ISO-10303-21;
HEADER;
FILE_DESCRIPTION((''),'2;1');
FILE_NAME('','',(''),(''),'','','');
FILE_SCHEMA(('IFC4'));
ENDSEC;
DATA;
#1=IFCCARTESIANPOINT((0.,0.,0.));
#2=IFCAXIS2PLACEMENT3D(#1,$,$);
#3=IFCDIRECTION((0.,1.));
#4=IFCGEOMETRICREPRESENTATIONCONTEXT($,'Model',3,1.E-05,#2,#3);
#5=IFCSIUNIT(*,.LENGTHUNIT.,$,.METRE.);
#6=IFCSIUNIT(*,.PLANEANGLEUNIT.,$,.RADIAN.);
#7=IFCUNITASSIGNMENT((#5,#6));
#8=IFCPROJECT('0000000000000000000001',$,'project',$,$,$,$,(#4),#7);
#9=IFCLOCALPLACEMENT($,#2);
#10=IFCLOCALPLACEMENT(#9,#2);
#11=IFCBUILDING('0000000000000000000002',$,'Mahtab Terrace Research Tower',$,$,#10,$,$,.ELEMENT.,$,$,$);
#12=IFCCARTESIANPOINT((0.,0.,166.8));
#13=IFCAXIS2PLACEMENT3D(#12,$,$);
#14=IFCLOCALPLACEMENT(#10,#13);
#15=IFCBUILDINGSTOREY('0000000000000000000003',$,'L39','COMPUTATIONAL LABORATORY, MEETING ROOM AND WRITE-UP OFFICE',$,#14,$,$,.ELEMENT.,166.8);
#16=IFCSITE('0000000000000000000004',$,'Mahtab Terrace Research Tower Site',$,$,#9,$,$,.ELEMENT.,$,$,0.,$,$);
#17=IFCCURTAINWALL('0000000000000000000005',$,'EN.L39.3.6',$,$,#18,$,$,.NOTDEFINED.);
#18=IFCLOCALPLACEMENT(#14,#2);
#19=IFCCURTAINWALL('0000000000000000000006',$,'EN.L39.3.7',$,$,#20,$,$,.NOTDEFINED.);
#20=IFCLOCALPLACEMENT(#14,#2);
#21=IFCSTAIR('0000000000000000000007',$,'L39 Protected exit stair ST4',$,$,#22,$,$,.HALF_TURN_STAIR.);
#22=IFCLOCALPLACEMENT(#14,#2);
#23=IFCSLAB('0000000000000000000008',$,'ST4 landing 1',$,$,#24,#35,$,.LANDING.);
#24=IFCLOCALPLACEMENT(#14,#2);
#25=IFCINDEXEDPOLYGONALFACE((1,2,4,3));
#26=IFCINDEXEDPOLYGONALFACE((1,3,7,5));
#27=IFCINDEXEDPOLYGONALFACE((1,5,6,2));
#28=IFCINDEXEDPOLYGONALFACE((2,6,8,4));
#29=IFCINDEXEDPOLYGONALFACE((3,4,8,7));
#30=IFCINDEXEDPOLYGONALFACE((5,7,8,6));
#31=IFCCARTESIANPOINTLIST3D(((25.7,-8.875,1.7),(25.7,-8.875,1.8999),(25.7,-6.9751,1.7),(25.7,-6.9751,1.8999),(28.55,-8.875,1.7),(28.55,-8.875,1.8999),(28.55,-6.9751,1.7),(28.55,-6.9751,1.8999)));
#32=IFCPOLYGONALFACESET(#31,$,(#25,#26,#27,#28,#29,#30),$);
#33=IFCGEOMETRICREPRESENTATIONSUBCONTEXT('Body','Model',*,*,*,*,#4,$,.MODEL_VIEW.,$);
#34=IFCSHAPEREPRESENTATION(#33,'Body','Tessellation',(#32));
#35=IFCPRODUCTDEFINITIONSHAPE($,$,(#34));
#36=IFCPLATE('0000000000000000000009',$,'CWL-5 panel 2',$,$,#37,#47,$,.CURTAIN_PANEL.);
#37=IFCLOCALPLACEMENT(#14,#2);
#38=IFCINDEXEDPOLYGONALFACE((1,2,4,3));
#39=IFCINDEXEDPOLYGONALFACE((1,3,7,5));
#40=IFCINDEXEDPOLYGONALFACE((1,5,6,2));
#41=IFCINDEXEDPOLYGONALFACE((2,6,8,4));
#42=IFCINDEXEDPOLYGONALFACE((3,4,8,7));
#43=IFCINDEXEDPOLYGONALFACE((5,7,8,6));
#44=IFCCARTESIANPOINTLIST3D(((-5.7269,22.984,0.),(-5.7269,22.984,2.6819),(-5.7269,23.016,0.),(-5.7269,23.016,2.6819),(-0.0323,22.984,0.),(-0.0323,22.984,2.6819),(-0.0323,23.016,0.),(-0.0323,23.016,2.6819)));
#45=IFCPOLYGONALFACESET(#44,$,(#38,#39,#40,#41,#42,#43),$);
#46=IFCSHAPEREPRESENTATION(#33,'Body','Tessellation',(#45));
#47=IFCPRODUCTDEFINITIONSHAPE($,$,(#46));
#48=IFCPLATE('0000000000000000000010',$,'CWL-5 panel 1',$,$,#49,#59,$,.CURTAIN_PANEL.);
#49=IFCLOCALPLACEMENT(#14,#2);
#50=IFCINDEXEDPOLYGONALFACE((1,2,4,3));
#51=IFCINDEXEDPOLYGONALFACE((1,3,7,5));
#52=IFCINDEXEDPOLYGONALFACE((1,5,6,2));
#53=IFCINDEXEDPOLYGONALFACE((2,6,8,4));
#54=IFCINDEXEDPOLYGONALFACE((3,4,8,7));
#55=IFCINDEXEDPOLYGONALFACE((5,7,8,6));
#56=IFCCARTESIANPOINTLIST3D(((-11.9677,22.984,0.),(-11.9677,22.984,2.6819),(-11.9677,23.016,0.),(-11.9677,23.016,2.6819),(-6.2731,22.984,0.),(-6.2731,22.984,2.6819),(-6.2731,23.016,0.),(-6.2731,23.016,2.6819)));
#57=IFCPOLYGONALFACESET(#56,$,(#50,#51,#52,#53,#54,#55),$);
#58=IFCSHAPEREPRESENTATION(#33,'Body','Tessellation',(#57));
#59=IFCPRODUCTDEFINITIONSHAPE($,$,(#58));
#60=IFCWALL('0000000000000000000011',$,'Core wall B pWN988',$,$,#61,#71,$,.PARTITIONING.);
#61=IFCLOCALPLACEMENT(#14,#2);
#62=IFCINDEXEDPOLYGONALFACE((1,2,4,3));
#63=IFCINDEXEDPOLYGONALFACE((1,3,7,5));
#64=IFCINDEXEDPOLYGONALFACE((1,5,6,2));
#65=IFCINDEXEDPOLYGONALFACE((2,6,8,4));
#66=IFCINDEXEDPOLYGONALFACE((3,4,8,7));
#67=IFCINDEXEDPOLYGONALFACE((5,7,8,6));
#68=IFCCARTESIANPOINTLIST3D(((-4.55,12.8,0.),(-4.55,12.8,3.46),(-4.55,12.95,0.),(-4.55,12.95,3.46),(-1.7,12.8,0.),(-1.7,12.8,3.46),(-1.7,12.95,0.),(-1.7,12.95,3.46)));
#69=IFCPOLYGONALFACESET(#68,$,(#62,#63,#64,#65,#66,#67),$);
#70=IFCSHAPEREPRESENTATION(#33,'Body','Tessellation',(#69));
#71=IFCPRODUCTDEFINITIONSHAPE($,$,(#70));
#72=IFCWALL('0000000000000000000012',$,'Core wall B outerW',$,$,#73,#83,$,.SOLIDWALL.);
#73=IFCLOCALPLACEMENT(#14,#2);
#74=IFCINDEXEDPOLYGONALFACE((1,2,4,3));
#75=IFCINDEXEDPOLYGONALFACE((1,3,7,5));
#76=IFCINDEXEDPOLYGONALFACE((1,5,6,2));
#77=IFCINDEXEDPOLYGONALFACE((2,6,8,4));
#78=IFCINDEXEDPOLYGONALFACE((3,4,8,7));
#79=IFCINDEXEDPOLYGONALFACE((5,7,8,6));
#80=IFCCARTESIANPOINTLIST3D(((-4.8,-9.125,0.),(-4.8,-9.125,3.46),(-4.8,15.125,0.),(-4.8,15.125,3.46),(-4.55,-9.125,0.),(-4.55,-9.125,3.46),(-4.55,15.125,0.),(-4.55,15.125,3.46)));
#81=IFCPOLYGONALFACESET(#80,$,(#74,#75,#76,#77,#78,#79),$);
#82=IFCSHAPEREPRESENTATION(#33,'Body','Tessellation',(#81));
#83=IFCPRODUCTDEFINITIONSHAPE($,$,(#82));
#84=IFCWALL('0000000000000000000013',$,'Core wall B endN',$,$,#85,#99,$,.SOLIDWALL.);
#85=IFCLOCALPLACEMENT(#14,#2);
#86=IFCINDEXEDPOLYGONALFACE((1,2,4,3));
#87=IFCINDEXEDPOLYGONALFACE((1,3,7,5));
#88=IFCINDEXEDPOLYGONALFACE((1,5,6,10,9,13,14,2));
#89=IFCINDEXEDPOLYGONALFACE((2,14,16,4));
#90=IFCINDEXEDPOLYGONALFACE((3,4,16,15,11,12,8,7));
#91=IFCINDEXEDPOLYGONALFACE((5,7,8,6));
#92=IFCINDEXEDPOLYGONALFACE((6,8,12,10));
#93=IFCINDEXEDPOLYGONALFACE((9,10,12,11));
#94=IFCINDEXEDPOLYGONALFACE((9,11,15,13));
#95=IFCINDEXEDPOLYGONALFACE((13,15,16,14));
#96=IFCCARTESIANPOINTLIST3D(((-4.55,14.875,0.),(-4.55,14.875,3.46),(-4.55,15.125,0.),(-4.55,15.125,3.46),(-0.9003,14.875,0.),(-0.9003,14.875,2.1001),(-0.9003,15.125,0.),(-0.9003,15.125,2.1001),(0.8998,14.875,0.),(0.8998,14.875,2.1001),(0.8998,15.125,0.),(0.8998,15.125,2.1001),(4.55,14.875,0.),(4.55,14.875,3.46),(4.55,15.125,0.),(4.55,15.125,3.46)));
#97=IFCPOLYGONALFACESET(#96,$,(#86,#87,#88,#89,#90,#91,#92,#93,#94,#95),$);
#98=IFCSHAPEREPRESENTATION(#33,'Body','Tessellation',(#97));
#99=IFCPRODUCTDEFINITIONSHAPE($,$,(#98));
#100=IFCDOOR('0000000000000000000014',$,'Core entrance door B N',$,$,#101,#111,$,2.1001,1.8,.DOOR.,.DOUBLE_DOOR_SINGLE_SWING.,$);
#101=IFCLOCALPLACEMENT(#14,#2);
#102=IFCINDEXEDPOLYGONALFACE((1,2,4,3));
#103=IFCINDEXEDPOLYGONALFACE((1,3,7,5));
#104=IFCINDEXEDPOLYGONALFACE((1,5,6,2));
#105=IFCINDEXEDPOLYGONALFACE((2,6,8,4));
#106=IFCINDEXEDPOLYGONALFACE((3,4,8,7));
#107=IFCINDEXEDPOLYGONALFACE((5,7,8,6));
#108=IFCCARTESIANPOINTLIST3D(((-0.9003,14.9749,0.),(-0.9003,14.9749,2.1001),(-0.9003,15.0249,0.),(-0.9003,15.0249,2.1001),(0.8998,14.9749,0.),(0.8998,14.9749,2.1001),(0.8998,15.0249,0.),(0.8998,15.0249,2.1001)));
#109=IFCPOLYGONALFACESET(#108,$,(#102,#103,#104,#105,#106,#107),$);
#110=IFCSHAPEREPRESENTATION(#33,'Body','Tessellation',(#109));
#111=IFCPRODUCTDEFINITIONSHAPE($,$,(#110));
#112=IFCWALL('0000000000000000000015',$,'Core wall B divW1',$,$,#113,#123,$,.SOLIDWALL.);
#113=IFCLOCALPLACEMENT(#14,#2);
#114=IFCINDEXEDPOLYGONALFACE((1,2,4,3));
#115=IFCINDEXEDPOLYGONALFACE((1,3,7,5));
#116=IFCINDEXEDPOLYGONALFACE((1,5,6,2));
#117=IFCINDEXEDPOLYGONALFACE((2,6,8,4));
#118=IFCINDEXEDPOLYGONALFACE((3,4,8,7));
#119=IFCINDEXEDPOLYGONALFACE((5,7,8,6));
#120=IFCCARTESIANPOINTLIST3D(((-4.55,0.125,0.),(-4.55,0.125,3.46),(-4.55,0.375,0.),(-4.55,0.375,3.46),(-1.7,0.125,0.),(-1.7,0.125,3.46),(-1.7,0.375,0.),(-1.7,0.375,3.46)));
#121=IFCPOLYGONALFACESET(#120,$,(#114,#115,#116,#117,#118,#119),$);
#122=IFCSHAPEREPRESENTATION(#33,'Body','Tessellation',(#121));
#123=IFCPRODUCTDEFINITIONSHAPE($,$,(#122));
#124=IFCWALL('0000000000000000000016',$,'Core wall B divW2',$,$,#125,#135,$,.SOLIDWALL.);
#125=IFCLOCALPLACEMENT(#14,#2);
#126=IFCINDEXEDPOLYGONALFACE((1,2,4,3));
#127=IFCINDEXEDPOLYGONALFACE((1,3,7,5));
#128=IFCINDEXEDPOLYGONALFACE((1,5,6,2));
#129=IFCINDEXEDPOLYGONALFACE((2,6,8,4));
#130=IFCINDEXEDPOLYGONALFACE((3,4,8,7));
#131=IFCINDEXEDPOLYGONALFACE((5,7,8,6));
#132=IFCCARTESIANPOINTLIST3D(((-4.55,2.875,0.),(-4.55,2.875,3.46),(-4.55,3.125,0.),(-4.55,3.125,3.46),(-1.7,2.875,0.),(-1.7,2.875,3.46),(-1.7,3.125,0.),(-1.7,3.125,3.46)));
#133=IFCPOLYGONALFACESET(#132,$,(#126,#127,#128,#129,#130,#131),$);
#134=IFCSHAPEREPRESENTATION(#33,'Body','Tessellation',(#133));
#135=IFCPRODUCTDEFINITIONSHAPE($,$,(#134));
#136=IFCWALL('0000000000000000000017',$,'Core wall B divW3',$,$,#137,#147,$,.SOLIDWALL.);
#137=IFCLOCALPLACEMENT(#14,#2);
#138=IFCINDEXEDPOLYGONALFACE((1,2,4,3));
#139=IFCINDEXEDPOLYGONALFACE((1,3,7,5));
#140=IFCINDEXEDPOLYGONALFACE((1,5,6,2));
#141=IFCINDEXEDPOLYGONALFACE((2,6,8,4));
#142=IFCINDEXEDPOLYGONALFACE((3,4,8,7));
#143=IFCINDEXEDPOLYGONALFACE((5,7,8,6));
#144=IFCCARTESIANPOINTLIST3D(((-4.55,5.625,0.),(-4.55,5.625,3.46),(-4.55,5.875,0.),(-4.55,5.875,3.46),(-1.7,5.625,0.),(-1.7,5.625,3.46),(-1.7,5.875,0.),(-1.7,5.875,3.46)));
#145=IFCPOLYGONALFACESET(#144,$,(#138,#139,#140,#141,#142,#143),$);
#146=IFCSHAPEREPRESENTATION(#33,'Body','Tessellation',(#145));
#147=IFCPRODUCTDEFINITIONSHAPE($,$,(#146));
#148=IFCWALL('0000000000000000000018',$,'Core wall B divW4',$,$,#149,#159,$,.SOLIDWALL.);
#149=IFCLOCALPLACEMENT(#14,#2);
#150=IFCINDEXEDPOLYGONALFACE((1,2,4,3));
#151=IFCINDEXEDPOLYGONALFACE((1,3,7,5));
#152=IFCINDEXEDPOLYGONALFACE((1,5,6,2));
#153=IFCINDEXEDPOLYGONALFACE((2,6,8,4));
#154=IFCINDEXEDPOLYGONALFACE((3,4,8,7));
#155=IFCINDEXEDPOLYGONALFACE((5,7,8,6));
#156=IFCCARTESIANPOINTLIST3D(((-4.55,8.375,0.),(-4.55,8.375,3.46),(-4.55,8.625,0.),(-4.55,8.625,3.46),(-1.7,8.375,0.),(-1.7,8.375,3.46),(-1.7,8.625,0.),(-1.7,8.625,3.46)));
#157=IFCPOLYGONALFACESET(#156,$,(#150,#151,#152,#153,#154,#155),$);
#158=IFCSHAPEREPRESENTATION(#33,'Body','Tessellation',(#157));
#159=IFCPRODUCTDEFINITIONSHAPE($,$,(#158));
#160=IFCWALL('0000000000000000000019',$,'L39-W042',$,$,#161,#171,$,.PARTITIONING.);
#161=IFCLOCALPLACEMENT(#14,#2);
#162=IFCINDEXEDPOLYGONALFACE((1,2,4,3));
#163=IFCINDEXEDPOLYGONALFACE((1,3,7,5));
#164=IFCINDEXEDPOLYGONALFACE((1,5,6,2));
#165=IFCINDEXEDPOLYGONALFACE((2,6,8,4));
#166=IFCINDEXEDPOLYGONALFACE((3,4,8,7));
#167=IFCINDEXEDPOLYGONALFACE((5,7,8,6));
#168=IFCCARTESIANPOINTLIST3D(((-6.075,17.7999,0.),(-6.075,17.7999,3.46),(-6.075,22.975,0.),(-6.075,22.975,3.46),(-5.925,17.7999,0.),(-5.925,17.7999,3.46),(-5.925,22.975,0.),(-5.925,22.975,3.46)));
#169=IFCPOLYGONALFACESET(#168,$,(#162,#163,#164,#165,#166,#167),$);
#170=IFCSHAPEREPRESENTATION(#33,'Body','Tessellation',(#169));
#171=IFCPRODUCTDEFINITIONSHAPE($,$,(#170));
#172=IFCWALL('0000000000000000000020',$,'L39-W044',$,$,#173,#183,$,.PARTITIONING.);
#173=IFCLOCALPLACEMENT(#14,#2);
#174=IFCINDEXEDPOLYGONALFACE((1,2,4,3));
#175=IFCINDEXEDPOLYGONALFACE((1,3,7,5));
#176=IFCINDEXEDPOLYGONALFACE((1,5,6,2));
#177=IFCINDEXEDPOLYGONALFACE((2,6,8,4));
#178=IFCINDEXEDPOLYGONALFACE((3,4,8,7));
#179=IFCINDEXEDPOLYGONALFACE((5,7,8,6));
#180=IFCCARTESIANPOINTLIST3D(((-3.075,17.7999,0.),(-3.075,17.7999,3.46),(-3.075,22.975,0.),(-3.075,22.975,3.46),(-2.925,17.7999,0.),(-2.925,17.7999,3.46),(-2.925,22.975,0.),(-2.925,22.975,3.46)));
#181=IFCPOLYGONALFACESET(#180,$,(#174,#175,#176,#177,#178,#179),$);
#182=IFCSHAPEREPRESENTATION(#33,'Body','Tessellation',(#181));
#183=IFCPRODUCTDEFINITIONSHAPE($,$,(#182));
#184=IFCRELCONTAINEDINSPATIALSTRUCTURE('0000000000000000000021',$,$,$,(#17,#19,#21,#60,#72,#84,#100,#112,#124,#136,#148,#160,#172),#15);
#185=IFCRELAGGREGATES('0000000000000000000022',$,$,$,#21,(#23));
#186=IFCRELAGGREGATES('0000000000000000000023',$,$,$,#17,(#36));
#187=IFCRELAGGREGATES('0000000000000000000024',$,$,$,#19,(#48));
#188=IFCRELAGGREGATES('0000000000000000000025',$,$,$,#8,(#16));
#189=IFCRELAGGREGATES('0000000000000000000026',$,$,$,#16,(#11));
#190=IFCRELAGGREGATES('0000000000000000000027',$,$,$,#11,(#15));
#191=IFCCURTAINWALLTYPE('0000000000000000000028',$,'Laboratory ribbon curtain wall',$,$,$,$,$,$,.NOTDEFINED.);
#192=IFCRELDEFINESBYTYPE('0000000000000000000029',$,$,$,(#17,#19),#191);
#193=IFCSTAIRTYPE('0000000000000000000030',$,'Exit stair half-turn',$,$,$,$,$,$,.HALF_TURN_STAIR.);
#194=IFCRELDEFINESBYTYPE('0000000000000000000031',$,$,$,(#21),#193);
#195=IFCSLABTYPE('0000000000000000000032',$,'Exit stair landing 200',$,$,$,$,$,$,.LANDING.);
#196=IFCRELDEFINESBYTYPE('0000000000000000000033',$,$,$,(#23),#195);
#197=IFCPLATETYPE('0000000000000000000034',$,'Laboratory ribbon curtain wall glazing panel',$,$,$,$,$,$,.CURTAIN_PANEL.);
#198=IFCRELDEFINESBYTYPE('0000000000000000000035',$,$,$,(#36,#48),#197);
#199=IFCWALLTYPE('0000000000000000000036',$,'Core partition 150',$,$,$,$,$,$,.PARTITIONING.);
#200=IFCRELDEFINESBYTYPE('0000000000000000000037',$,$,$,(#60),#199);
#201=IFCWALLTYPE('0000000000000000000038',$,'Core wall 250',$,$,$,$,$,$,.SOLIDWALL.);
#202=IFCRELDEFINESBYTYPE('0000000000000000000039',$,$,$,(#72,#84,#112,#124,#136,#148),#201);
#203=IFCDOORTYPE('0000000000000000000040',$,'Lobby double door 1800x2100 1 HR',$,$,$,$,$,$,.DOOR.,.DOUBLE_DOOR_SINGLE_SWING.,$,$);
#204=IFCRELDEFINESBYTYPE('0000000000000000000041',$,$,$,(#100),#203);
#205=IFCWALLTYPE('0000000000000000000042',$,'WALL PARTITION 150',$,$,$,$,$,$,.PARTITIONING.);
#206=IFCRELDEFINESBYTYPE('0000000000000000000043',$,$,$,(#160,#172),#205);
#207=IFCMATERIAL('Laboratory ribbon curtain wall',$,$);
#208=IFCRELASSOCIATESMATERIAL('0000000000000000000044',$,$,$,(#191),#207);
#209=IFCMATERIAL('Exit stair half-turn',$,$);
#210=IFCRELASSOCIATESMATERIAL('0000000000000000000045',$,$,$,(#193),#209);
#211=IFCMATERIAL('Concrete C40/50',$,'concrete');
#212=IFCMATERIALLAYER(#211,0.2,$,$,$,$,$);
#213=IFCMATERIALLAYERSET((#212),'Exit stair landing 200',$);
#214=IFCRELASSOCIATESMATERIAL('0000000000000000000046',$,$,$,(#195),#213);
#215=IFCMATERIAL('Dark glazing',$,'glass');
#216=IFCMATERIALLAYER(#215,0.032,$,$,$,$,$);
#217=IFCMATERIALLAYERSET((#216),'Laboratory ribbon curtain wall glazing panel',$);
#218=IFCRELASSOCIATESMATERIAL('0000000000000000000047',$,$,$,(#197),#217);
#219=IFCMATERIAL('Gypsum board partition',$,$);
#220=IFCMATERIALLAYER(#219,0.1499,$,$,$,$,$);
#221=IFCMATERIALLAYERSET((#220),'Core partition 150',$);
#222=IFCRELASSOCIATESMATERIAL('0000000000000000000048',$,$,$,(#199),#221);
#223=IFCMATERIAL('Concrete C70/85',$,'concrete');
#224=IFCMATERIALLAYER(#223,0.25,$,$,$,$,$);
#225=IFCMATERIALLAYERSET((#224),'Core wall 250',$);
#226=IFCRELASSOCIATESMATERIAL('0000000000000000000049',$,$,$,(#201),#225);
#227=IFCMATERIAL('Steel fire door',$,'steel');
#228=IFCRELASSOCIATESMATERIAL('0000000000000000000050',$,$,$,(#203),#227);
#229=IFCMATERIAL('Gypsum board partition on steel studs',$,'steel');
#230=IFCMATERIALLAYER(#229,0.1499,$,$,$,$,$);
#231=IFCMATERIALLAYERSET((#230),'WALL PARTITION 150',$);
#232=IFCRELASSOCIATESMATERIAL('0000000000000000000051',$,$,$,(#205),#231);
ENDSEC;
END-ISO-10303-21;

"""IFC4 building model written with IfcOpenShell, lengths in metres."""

from ifc_helpers import new_model, si_unit, direction, frame, frame_2d, origin, origin_2d, place, context, subcontext, project, spatial, polyline, rectangle, outline, extrude, material, layer, layer_set, type_object, element, fill, aggregate, save


model = new_model("IFC4")

# Units and contexts
model_context = context("Model", 3, precision=1e-05, world=origin(), true_north=direction((0.0, 1.0)))
body_context = subcontext(model_context, "Body", "Model", "MODEL_VIEW")
ifc_project = project(units=[si_unit("LENGTHUNIT", "METRE"), si_unit("PLANEANGLEUNIT", "RADIAN")], contexts=[model_context])

# Site, building, storey
site_placement = place(None, origin())
site = spatial("IfcSite", under=ifc_project, at=site_placement, Name="Mahtab Terrace Research Tower Site", CompositionType="ELEMENT", RefElevation=0.0)
building_placement = place(site_placement, origin())
building = spatial("IfcBuilding", under=site, at=building_placement, Name="Mahtab Terrace Research Tower", CompositionType="ELEMENT")
storey_placement = place(building_placement, frame((0.0, 0.0, 166.8)))
storey = spatial("IfcBuildingStorey", under=building, at=storey_placement, Name="L39", Description="COMPUTATIONAL LABORATORY, MEETING ROOM AND WRITE-UP OFFICE", CompositionType="ELEMENT", Elevation=166.8)

# Shared definitions
ifc_material_1 = material(Name="Concrete C70/85", Category="concrete")

# Curtain walls
ifc_material_2 = material(Name="Laboratory ribbon curtain wall")
curtain_wall_type = type_object("IfcCurtainWallType", Name="Laboratory ribbon curtain wall", PredefinedType="NOTDEFINED", material=ifc_material_2)
curtain_wall_1_placement = place(storey_placement, origin())
curtain_wall_1 = element("IfcCurtainWall", 1, at=curtain_wall_1_placement, inside=storey, type_object=curtain_wall_type, Name="EN.L39.3.6", PredefinedType="NOTDEFINED")
curtain_wall_2_placement = place(storey_placement, origin())
curtain_wall_2 = element("IfcCurtainWall", 2, at=curtain_wall_2_placement, inside=storey, type_object=curtain_wall_type, Name="EN.L39.3.7", PredefinedType="NOTDEFINED")

# Stair, slab
ifc_material_3 = material(Name="Exit stair half-turn")
stair_type = type_object("IfcStairType", Name="Exit stair half-turn", PredefinedType="HALF_TURN_STAIR", material=ifc_material_3)
ifc_material_4 = material(Name="Concrete C40/50", Category="concrete")
ifc_layer_1 = layer(ifc_material_4, 0.2)
ifc_layer_set_1 = layer_set([ifc_layer_1], Name="Exit stair landing 200")
slab_type = type_object("IfcSlabType", Name="Exit stair landing 200", PredefinedType="LANDING", material=ifc_layer_set_1)
stair_1_placement = place(storey_placement, origin())
stair_1 = element("IfcStair", 3, at=stair_1_placement, inside=storey, type_object=stair_type, Name="L39 Protected exit stair ST4", PredefinedType="HALF_TURN_STAIR")
slab_1_placement = place(storey_placement, frame((0.0, 0.0, 1.7)))
slab_1 = element("IfcSlab", 4, at=slab_1_placement, type_object=slab_type, Name="ST4 landing 1", PredefinedType="LANDING", context=body_context, shape_type="SweptSolid", body=[
    extrude(outline(polyline([(25.7, -6.9751), (25.7, -8.875), (28.55, -8.875), (28.55, -6.9751), (25.7, -6.9751)])), origin(), (0.0, 0.0, 1.0), 0.2),
])
aggregate(stair_1, [slab_1])

# Plates
ifc_material_5 = material(Name="Dark glazing", Category="glass")
ifc_layer_2 = layer(ifc_material_5, 0.032)
ifc_layer_set_2 = layer_set([ifc_layer_2], Name="Laboratory ribbon curtain wall glazing panel")
plate_type = type_object("IfcPlateType", Name="Laboratory ribbon curtain wall glazing panel", PredefinedType="CURTAIN_PANEL", material=ifc_layer_set_2)
plate_1_placement = place(storey_placement, frame((-2.8796, 23.0, 0.0), z_axis=(0.0, 0.0, 1.0), x_axis=(-1.0, 0.0, 0.0)))
plate_1 = element("IfcPlate", 5, at=plate_1_placement, type_object=plate_type, Name="CWL-5 panel 2", PredefinedType="CURTAIN_PANEL", context=body_context, shape_type="SweptSolid", body=[
    extrude(rectangle(XDim=5.6946, YDim=0.032, at=origin_2d()), origin(), (0.0, 0.0, 1.0), 2.6819),
])
aggregate(curtain_wall_1, [plate_1])
plate_2_placement = place(storey_placement, frame((-9.1204, 23.0, 0.0), z_axis=(0.0, 0.0, 1.0), x_axis=(-1.0, 0.0, 0.0)))
plate_2 = element("IfcPlate", 6, at=plate_2_placement, type_object=plate_type, Name="CWL-5 panel 1", PredefinedType="CURTAIN_PANEL", context=body_context, shape_type="SweptSolid", body=[
    extrude(rectangle(XDim=5.6946, YDim=0.032, at=origin_2d()), origin(), (0.0, 0.0, 1.0), 2.6819),
])
aggregate(curtain_wall_2, [plate_2])

# Walls
ifc_material_6 = material(Name="Gypsum board partition")
ifc_layer_3 = layer(ifc_material_6, 0.1499)
ifc_layer_set_3 = layer_set([ifc_layer_3], Name="Core partition 150")
wall_type_1 = type_object("IfcWallType", Name="Core partition 150", PredefinedType="PARTITIONING", material=ifc_layer_set_3)
wall_1_placement = place(storey_placement, frame((-4.55, 12.875, 0.0), z_axis=(0.0, 0.0, 1.0), x_axis=(1.0, 0.0, 0.0)))
element("IfcWall", 7, at=wall_1_placement, inside=storey, type_object=wall_type_1, Name="Core wall B pWN988", PredefinedType="PARTITIONING", context=body_context, shape_type="SweptSolid", body=[
    extrude(rectangle(XDim=2.8501, YDim=0.1499, at=frame_2d((1.425, 0.0))), origin(), (0.0, 0.0, 1.0), 3.46),
])
ifc_layer_4 = layer(ifc_material_1, 0.25)
ifc_layer_set_4 = layer_set([ifc_layer_4], Name="Core wall 250")
wall_type_2 = type_object("IfcWallType", Name="Core wall 250", PredefinedType="SOLIDWALL", material=ifc_layer_set_4)
wall_2_placement = place(storey_placement, frame((-4.675, 15.125, 0.0), z_axis=(0.0, 0.0, 1.0), x_axis=(0.0, -1.0, 0.0)))
element("IfcWall", 8, at=wall_2_placement, inside=storey, type_object=wall_type_2, Name="Core wall B outerW", PredefinedType="SOLIDWALL", context=body_context, shape_type="SweptSolid", body=[
    extrude(rectangle(XDim=24.25, YDim=0.25, at=frame_2d((12.125, 0.0))), origin(), (0.0, 0.0, 1.0), 3.46),
])

# Wall, opening, door
wall_3_placement = place(storey_placement, frame((-4.55, 15.0, 0.0), z_axis=(0.0, 0.0, 1.0), x_axis=(1.0, 0.0, 0.0)))
wall_3 = element("IfcWall", 9, at=wall_3_placement, inside=storey, type_object=wall_type_2, Name="Core wall B endN", PredefinedType="SOLIDWALL", context=body_context, shape_type="SweptSolid", body=[
    extrude(rectangle(XDim=9.1001, YDim=0.25, at=frame_2d((4.55, 0.0))), origin(), (0.0, 0.0, 1.0), 3.46),
])
opening_placement = place(wall_3_placement, frame((3.6499, 0.0, 0.0)))
opening = element("IfcOpeningElement", 10, at=opening_placement, cuts=wall_3, PredefinedType="OPENING", context=body_context, shape_type="SweptSolid", body=[
    extrude(rectangle(XDim=1.8, YDim=2.1001, at=frame_2d((0.8999, 1.05))), frame((0.0, 0.135, 0.0), z_axis=(0.0, -1.0, 0.0), x_axis=(1.0, 0.0, 0.0)), (0.0, 0.0, 1.0), 0.27),
])
ifc_material_7 = material(Name="Steel fire door", Category="steel")
door_type = type_object("IfcDoorType", Name="Lobby double door 1800x2100 1 HR", OperationType="DOUBLE_DOOR_SINGLE_SWING", PredefinedType="DOOR", material=ifc_material_7)
door_placement = place(opening_placement, origin())
door = element("IfcDoor", 11, at=door_placement, inside=storey, type_object=door_type, Name="Core entrance door B N", OperationType="DOUBLE_DOOR_SINGLE_SWING", OverallHeight=2.1001, OverallWidth=1.8, PredefinedType="DOOR", context=body_context, shape_type="SweptSolid", body=[
    extrude(rectangle(XDim=1.8, YDim=2.1001, at=frame_2d((0.8999, 1.05))), frame((0.0, 0.0249, 0.0), z_axis=(0.0, -1.0, 0.0), x_axis=(1.0, 0.0, 0.0)), (0.0, 0.0, 1.0), 0.05),
])
fill(opening, door)

# Walls
for number, where, z_axis, x_axis, name in (
    (12, (-4.55, 0.25, 0.0), (0.0, 0.0, 1.0), (1.0, 0.0, 0.0), "Core wall B divW1"),
    (13, (-4.55, 3.0, 0.0), (0.0, 0.0, 1.0), (1.0, 0.0, 0.0), "Core wall B divW2"),
    (14, (-4.55, 5.75, 0.0), (0.0, 0.0, 1.0), (1.0, 0.0, 0.0), "Core wall B divW3"),
    (15, (-4.55, 8.5, 0.0), (0.0, 0.0, 1.0), (1.0, 0.0, 0.0), "Core wall B divW4"),
):
    element("IfcWall", number, at=place(storey_placement, frame(where, z_axis=z_axis, x_axis=x_axis)), inside=storey, type_object=wall_type_2, Name=name, PredefinedType="SOLIDWALL", context=body_context, shape_type="SweptSolid", body=[
        extrude(rectangle(XDim=2.8501, YDim=0.25, at=frame_2d((1.425, 0.0))), origin(), (0.0, 0.0, 1.0), 3.46),
    ])
ifc_material_8 = material(Name="Gypsum board partition on steel studs", Category="steel")
ifc_layer_5 = layer(ifc_material_8, 0.1499)
ifc_layer_set_5 = layer_set([ifc_layer_5], Name="WALL PARTITION 150")
wall_type_3 = type_object("IfcWallType", Name="WALL PARTITION 150", PredefinedType="PARTITIONING", material=ifc_layer_set_5)
for number, where, z_axis, x_axis, name in (
    (16, (-6.0, 17.8, 0.0), (0.0, 0.0, 1.0), (0.0, 1.0, 0.0), "L39-W042"),
    (17, (-3.0, 17.8, 0.0), (0.0, 0.0, 1.0), (0.0, 1.0, 0.0), "L39-W044"),
):
    element("IfcWall", number, at=place(storey_placement, frame(where, z_axis=z_axis, x_axis=x_axis)), inside=storey, type_object=wall_type_3, Name=name, PredefinedType="PARTITIONING", context=body_context, shape_type="SweptSolid", body=[
        extrude(rectangle(XDim=5.175, YDim=0.1499, at=frame_2d((2.5874, 0.0))), origin(), (0.0, 0.0, 1.0), 3.46),
    ])

save(model, "model.ifc")
